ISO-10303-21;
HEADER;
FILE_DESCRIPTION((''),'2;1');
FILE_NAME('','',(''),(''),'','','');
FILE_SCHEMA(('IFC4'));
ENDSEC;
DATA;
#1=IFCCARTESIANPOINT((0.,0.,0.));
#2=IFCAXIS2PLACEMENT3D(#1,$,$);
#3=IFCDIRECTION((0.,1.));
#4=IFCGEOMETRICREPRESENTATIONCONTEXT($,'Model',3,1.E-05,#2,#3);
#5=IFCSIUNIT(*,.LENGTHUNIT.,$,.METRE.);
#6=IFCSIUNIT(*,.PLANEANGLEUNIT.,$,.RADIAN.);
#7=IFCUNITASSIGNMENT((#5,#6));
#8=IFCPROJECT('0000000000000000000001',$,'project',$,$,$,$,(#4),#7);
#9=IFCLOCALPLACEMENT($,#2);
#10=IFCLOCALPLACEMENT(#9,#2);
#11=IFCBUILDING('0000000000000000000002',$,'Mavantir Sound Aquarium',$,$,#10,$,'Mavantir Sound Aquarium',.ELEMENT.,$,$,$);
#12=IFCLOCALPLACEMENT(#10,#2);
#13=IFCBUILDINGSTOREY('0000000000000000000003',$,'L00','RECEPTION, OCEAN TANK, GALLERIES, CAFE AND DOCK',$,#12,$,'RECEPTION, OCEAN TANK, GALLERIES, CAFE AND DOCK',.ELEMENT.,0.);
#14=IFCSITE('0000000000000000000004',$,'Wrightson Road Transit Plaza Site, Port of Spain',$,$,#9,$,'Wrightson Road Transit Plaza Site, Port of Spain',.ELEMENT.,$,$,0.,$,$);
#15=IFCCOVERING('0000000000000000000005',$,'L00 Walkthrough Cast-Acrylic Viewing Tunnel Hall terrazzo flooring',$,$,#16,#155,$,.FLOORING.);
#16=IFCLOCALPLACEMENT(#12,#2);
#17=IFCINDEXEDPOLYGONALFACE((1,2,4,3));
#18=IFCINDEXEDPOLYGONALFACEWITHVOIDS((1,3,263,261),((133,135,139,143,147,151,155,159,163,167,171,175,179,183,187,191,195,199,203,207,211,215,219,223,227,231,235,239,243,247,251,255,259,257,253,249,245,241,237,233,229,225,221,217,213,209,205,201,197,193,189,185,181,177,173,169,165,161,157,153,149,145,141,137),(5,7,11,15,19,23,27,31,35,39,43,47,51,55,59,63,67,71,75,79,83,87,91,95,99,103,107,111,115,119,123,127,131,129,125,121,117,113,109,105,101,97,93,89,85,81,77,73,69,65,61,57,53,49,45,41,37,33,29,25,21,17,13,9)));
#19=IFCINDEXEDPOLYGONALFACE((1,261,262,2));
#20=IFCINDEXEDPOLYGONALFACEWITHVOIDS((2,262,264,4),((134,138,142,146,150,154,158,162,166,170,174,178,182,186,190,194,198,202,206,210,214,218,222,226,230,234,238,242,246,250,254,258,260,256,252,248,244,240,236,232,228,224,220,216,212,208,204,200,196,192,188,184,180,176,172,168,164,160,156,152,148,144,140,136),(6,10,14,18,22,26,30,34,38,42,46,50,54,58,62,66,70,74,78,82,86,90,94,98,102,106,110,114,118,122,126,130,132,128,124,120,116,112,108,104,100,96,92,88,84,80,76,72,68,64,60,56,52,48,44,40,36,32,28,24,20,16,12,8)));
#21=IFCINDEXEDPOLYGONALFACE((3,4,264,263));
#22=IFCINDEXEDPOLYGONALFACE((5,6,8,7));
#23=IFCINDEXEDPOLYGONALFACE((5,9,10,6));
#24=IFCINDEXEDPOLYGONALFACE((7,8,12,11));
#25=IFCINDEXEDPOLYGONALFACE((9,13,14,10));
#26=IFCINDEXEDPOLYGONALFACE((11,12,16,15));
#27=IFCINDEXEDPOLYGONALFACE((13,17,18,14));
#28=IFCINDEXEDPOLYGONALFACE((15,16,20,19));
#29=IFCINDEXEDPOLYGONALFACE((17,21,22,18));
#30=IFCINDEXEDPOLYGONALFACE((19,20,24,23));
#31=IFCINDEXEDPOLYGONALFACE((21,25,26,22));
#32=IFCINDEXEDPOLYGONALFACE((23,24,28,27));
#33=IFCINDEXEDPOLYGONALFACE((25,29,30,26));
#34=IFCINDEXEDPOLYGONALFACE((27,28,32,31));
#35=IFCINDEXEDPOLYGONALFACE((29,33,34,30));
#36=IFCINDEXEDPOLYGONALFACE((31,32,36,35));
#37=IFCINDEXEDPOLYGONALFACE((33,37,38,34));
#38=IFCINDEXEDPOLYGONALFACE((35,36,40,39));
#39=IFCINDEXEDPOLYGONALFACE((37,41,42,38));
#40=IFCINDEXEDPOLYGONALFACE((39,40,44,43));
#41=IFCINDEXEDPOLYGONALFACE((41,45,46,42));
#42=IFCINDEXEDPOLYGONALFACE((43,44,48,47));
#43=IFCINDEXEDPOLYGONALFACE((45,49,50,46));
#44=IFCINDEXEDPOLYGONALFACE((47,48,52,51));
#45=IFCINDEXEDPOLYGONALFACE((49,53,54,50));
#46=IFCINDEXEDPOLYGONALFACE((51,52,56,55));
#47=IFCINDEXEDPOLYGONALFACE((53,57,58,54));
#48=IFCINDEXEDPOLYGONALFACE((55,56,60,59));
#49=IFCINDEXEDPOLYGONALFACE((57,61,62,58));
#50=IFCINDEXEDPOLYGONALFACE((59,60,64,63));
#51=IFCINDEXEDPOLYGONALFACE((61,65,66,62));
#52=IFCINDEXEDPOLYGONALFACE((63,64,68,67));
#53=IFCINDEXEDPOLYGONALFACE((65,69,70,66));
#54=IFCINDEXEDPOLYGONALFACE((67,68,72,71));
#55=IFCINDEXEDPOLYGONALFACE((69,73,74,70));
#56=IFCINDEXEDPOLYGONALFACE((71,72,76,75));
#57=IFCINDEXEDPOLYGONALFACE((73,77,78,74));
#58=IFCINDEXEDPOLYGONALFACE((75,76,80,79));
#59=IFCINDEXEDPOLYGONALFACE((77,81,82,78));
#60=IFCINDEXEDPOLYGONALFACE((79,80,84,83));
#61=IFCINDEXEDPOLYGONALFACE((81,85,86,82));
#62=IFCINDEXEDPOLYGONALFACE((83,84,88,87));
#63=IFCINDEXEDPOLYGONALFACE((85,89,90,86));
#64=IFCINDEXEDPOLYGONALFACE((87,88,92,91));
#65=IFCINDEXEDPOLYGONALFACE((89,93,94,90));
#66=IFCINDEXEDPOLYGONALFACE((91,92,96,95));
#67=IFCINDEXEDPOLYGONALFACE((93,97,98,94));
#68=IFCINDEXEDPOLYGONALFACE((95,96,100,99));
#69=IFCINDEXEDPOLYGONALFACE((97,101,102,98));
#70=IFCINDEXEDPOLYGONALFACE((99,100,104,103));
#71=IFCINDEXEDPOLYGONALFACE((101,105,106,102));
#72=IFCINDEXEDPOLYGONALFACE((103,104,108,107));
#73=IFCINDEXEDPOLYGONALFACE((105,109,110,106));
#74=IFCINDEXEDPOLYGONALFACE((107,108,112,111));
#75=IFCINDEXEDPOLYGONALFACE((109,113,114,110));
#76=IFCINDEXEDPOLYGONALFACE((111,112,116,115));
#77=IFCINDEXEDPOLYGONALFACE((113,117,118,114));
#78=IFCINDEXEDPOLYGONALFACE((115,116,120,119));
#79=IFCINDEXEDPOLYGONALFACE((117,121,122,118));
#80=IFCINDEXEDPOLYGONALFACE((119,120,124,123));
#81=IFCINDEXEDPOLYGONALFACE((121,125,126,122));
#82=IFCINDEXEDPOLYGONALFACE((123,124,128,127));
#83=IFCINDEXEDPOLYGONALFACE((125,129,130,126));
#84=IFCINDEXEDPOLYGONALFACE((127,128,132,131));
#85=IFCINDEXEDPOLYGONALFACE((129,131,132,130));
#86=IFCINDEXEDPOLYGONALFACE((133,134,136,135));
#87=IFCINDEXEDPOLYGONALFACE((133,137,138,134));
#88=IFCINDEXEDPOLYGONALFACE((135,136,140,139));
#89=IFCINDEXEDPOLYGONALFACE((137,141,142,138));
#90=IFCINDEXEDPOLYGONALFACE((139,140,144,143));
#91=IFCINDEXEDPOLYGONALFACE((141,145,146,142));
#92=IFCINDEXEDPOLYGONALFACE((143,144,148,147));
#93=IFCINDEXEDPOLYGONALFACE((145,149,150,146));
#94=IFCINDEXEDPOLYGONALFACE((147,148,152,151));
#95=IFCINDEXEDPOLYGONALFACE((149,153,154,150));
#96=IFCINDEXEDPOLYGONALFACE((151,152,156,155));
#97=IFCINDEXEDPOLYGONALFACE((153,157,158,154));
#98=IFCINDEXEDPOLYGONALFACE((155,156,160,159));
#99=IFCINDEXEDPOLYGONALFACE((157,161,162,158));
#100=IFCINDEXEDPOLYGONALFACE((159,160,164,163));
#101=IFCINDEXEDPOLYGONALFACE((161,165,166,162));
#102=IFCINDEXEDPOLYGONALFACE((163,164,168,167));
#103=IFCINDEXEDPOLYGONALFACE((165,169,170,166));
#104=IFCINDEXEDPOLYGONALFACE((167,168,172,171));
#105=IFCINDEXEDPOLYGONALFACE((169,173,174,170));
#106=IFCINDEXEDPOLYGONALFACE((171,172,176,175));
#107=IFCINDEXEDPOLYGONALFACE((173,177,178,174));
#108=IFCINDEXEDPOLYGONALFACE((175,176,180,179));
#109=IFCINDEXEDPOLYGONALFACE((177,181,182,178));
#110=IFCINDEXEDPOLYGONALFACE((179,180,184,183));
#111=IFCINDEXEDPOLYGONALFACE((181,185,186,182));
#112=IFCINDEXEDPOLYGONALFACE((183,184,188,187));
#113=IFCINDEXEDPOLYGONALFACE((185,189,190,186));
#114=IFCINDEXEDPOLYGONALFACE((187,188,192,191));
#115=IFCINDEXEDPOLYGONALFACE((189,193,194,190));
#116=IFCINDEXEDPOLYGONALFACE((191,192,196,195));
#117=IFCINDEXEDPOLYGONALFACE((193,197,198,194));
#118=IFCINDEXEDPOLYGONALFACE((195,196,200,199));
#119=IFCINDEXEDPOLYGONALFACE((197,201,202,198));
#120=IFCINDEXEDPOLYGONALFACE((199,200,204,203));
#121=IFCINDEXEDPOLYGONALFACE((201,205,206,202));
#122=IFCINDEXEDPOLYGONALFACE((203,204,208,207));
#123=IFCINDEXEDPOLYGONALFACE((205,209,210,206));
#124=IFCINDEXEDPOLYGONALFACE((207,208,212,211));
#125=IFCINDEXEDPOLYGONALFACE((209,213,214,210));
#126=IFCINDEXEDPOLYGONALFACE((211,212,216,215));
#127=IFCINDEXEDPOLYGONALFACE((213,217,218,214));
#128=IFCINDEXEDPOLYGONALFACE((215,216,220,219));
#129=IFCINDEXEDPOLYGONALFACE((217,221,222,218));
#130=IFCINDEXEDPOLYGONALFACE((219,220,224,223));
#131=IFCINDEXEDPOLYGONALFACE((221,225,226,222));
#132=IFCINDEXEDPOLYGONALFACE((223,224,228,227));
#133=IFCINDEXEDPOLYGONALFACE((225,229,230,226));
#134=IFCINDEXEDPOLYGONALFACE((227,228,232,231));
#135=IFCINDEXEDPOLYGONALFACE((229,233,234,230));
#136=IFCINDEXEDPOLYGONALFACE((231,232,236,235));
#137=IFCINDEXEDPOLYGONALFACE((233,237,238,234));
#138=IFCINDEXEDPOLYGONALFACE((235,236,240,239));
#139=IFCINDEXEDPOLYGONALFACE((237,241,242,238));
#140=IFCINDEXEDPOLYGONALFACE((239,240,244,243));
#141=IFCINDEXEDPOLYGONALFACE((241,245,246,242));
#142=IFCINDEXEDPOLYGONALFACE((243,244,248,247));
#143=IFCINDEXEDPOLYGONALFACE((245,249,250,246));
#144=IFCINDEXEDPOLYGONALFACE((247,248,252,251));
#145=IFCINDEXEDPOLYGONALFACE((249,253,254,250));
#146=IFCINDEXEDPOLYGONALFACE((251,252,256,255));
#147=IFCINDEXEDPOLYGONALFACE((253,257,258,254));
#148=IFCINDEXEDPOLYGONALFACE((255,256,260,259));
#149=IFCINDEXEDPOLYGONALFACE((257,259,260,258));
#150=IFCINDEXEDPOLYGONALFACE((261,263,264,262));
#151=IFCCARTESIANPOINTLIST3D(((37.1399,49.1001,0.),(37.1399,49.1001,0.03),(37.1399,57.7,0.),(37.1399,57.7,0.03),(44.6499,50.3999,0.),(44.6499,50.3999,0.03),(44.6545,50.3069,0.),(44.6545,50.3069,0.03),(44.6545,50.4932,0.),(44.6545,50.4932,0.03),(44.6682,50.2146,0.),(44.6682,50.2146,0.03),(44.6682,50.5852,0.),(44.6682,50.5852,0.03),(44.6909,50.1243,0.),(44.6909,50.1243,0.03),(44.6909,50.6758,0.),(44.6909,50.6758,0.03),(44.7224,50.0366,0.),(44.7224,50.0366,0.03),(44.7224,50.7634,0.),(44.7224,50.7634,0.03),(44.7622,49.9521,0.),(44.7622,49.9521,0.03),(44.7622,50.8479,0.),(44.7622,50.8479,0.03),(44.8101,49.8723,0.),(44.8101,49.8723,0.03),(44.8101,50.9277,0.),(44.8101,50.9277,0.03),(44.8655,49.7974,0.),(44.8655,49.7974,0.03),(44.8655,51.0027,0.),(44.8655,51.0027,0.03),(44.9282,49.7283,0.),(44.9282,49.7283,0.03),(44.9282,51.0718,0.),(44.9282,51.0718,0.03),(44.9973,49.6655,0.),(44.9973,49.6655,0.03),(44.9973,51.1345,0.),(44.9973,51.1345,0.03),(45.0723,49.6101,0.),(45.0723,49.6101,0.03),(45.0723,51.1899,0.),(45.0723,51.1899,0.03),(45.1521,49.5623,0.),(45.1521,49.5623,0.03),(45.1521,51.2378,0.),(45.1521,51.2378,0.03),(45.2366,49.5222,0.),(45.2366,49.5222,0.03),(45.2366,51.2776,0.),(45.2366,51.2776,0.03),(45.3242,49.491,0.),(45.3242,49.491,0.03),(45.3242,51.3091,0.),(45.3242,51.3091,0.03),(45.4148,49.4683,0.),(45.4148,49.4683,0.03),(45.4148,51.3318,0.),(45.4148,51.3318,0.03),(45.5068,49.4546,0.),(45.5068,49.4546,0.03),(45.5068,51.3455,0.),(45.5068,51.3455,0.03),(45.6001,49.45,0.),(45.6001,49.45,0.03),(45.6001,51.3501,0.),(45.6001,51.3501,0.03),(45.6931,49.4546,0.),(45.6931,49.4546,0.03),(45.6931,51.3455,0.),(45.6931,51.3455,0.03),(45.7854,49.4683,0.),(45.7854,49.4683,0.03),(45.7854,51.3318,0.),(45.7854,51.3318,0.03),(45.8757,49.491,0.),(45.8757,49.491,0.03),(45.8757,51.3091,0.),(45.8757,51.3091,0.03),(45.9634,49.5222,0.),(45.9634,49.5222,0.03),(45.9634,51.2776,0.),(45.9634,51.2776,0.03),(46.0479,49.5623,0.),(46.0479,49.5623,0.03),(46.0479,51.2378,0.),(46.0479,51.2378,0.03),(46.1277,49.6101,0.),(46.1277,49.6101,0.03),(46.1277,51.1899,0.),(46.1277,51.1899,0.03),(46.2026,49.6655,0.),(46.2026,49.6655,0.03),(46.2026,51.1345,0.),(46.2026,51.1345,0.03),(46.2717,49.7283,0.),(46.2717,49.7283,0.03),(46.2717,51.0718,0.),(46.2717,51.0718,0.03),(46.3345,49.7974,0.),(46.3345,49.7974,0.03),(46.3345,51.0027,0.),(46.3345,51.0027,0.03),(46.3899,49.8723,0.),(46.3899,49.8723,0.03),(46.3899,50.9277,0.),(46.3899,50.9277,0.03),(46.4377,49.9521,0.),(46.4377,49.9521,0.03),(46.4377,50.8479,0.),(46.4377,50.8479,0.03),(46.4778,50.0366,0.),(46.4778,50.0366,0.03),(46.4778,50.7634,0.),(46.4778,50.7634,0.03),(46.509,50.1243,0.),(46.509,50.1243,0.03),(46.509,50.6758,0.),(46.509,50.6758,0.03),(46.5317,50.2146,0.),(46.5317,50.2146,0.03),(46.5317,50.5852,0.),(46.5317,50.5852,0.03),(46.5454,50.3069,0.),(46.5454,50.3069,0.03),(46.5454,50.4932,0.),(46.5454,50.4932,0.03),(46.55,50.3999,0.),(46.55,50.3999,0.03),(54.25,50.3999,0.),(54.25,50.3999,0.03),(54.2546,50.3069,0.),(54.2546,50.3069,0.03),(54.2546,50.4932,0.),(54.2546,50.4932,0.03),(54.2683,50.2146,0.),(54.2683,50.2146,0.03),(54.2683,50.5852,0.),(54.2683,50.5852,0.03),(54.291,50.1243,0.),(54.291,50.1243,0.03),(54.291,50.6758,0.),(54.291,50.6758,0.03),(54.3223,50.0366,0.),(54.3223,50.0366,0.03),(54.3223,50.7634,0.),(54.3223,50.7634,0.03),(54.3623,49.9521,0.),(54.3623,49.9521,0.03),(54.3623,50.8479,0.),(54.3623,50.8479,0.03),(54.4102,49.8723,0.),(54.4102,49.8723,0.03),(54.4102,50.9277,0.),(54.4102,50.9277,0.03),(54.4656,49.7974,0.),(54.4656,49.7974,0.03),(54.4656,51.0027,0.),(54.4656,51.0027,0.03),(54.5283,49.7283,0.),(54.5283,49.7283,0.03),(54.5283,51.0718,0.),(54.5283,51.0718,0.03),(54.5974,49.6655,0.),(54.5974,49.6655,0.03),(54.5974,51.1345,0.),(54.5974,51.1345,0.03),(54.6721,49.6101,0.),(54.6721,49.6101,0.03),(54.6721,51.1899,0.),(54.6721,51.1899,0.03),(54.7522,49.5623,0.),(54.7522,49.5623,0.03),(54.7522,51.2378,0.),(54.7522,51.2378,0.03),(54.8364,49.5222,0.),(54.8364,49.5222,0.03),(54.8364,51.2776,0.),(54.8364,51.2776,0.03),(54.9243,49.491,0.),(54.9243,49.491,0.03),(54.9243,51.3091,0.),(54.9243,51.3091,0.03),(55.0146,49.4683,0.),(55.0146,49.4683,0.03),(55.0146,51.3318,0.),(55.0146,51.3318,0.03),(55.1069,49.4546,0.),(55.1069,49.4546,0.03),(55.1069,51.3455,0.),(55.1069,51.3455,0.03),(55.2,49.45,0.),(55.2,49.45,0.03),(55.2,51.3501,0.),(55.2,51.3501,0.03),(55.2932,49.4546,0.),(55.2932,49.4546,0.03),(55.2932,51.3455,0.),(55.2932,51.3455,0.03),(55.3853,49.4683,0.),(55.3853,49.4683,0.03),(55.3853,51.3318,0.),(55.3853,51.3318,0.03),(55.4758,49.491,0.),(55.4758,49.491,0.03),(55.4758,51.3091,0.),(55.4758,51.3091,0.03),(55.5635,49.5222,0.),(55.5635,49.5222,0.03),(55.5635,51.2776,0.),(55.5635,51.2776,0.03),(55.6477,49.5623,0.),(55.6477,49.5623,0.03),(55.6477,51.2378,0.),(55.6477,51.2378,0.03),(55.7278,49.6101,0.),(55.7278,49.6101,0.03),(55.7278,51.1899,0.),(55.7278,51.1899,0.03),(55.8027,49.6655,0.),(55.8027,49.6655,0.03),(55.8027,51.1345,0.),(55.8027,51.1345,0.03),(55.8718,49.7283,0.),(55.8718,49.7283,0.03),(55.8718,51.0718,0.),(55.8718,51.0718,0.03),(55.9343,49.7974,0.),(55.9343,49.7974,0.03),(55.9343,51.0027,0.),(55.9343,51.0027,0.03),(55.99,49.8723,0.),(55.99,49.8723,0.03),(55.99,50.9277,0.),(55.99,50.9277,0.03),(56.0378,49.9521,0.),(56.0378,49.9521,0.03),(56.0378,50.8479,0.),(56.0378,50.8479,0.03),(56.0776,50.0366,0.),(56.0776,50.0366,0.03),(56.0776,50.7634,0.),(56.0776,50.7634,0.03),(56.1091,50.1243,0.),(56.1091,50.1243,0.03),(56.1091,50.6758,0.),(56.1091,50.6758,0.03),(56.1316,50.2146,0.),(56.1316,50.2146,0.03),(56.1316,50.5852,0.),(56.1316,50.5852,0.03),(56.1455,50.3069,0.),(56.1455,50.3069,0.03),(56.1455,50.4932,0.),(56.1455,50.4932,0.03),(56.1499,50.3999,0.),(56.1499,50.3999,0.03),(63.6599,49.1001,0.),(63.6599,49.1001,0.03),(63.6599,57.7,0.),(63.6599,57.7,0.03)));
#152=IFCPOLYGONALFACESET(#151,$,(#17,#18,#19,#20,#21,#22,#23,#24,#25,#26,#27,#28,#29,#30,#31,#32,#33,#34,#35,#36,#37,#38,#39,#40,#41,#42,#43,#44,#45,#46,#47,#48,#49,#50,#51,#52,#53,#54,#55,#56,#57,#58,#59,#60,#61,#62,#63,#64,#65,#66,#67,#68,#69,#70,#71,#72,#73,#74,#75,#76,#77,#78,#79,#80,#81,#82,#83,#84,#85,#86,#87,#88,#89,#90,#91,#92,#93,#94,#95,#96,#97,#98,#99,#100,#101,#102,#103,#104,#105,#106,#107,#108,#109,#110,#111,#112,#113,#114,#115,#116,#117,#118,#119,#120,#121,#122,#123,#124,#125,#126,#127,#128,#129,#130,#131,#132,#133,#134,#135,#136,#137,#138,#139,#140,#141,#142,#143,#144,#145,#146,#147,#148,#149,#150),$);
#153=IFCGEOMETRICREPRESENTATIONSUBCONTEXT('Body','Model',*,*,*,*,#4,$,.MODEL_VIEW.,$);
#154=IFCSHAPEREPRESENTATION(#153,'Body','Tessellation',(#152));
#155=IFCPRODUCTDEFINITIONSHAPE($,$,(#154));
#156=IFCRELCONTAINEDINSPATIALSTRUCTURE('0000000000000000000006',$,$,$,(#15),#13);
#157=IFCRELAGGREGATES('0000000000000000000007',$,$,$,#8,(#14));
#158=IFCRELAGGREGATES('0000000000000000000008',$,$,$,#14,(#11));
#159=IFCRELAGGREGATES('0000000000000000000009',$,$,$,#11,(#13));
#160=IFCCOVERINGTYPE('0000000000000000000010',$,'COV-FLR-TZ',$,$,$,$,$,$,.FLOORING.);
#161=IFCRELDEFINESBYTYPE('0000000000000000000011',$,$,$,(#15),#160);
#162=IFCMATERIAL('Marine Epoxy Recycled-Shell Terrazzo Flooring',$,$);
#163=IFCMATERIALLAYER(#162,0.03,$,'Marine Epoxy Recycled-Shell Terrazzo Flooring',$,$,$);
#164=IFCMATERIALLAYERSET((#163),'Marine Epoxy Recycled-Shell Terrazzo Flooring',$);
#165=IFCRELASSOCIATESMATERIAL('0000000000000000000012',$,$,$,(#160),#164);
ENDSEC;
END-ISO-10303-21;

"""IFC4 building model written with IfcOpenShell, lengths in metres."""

from ifc_helpers import new_model, si_unit, direction, origin, place, context, subcontext, project, spatial, polyline, outline, extrude, material, layer, layer_set, type_object, element, save


model = new_model("IFC4")

# Units and contexts
model_context = context("Model", 3, precision=1e-05, world=origin(), true_north=direction((0.0, 1.0)))
body_context = subcontext(model_context, "Body", "Model", "MODEL_VIEW")
ifc_project = project(units=[si_unit("LENGTHUNIT", "METRE"), si_unit("PLANEANGLEUNIT", "RADIAN")], contexts=[model_context])

# Site, building, storey
site_placement = place(None, origin())
site = spatial("IfcSite", under=ifc_project, at=site_placement, Name="Wrightson Road Transit Plaza Site, Port of Spain", LongName="Wrightson Road Transit Plaza Site, Port of Spain", CompositionType="ELEMENT", RefElevation=0.0)
building_placement = place(site_placement, origin())
building = spatial("IfcBuilding", under=site, at=building_placement, Name="Mavantir Sound Aquarium", LongName="Mavantir Sound Aquarium", CompositionType="ELEMENT")
storey_placement = place(building_placement, origin())
storey = spatial("IfcBuildingStorey", under=building, at=storey_placement, Name="L00", Description="RECEPTION, OCEAN TANK, GALLERIES, CAFE AND DOCK", LongName="RECEPTION, OCEAN TANK, GALLERIES, CAFE AND DOCK", CompositionType="ELEMENT", Elevation=0.0)

# Covering
ifc_material_1 = material(Name="Marine Epoxy Recycled-Shell Terrazzo Flooring")
ifc_layer_1 = layer(ifc_material_1, 0.03, Name="Marine Epoxy Recycled-Shell Terrazzo Flooring")
ifc_layer_set_1 = layer_set([ifc_layer_1], Name="Marine Epoxy Recycled-Shell Terrazzo Flooring")
covering_type_1 = type_object("IfcCoveringType", Name="COV-FLR-TZ", PredefinedType="FLOORING", material=ifc_layer_set_1)
covering_1_placement = place(storey_placement, origin())
element("IfcCovering", 1, at=covering_1_placement, inside=storey, type_object=covering_type_1, Name="L00 Walkthrough Cast-Acrylic Viewing Tunnel Hall terrazzo flooring", PredefinedType="FLOORING", context=body_context, shape_type="SweptSolid", body=[
    extrude(outline(polyline([(37.1399, 49.1001), (37.1399, 57.7), (63.6599, 57.7), (63.6599, 49.1001), (37.1399, 49.1001)]), holes=[polyline([(46.3345, 49.7974), (46.3899, 49.8723), (46.4377, 49.9521), (46.4778, 50.0366), (46.509, 50.1243), (46.5317, 50.2146), (46.5454, 50.3069), (46.55, 50.3999), (46.5454, 50.4932), (46.5317, 50.5852), (46.509, 50.6758), (46.4778, 50.7634), (46.4377, 50.8479), (46.3899, 50.9277), (46.3345, 51.0027), (46.2717, 51.0718), (46.2026, 51.1345), (46.1277, 51.1899), (46.0479, 51.2378), (45.9634, 51.2776), (45.8757, 51.3091), (45.7854, 51.3318), (45.6931, 51.3455), (45.6001, 51.3501), (45.5068, 51.3455), (45.4148, 51.3318), (45.3242, 51.3091), (45.2366, 51.2776), (45.1521, 51.2378), (45.0723, 51.1899), (44.9973, 51.1345), (44.9282, 51.0718), (44.8655, 51.0027), (44.8101, 50.9277), (44.7622, 50.8479), (44.7224, 50.7634), (44.6909, 50.6758), (44.6682, 50.5852), (44.6545, 50.4932), (44.6499, 50.3999), (44.6545, 50.3069), (44.6682, 50.2146), (44.6909, 50.1243), (44.7224, 50.0366), (44.7622, 49.9521), (44.8101, 49.8723), (44.8655, 49.7974), (44.9282, 49.7283), (44.9973, 49.6655), (45.0723, 49.6101), (45.1521, 49.5623), (45.2366, 49.5222), (45.3242, 49.491), (45.4148, 49.4683), (45.5068, 49.4546), (45.6001, 49.45), (45.6931, 49.4546), (45.7854, 49.4683), (45.8757, 49.491), (45.9634, 49.5222), (46.0479, 49.5623), (46.1277, 49.6101), (46.2026, 49.6655), (46.2717, 49.7283), (46.3345, 49.7974)]), polyline([(55.9343, 49.7974), (55.99, 49.8723), (56.0378, 49.9521), (56.0776, 50.0366), (56.1091, 50.1243), (56.1316, 50.2146), (56.1455, 50.3069), (56.1499, 50.3999), (56.1455, 50.4932), (56.1316, 50.5852), (56.1091, 50.6758), (56.0776, 50.7634), (56.0378, 50.8479), (55.99, 50.9277), (55.9343, 51.0027), (55.8718, 51.0718), (55.8027, 51.1345), (55.7278, 51.1899), (55.6477, 51.2378), (55.5635, 51.2776), (55.4758, 51.3091), (55.3853, 51.3318), (55.2932, 51.3455), (55.2, 51.3501), (55.1069, 51.3455), (55.0146, 51.3318), (54.9243, 51.3091), (54.8364, 51.2776), (54.7522, 51.2378), (54.6721, 51.1899), (54.5974, 51.1345), (54.5283, 51.0718), (54.4656, 51.0027), (54.4102, 50.9277), (54.3623, 50.8479), (54.3223, 50.7634), (54.291, 50.6758), (54.2683, 50.5852), (54.2546, 50.4932), (54.25, 50.3999), (54.2546, 50.3069), (54.2683, 50.2146), (54.291, 50.1243), (54.3223, 50.0366), (54.3623, 49.9521), (54.4102, 49.8723), (54.4656, 49.7974), (54.5283, 49.7283), (54.5974, 49.6655), (54.6721, 49.6101), (54.7522, 49.5623), (54.8364, 49.5222), (54.9243, 49.491), (55.0146, 49.4683), (55.1069, 49.4546), (55.2, 49.45), (55.2932, 49.4546), (55.3853, 49.4683), (55.4758, 49.491), (55.5635, 49.5222), (55.6477, 49.5623), (55.7278, 49.6101), (55.8027, 49.6655), (55.8718, 49.7283), (55.9343, 49.7974)])]), origin(), (0.0, 0.0, 1.0), 0.03),
])

save(model, "model.ifc")
